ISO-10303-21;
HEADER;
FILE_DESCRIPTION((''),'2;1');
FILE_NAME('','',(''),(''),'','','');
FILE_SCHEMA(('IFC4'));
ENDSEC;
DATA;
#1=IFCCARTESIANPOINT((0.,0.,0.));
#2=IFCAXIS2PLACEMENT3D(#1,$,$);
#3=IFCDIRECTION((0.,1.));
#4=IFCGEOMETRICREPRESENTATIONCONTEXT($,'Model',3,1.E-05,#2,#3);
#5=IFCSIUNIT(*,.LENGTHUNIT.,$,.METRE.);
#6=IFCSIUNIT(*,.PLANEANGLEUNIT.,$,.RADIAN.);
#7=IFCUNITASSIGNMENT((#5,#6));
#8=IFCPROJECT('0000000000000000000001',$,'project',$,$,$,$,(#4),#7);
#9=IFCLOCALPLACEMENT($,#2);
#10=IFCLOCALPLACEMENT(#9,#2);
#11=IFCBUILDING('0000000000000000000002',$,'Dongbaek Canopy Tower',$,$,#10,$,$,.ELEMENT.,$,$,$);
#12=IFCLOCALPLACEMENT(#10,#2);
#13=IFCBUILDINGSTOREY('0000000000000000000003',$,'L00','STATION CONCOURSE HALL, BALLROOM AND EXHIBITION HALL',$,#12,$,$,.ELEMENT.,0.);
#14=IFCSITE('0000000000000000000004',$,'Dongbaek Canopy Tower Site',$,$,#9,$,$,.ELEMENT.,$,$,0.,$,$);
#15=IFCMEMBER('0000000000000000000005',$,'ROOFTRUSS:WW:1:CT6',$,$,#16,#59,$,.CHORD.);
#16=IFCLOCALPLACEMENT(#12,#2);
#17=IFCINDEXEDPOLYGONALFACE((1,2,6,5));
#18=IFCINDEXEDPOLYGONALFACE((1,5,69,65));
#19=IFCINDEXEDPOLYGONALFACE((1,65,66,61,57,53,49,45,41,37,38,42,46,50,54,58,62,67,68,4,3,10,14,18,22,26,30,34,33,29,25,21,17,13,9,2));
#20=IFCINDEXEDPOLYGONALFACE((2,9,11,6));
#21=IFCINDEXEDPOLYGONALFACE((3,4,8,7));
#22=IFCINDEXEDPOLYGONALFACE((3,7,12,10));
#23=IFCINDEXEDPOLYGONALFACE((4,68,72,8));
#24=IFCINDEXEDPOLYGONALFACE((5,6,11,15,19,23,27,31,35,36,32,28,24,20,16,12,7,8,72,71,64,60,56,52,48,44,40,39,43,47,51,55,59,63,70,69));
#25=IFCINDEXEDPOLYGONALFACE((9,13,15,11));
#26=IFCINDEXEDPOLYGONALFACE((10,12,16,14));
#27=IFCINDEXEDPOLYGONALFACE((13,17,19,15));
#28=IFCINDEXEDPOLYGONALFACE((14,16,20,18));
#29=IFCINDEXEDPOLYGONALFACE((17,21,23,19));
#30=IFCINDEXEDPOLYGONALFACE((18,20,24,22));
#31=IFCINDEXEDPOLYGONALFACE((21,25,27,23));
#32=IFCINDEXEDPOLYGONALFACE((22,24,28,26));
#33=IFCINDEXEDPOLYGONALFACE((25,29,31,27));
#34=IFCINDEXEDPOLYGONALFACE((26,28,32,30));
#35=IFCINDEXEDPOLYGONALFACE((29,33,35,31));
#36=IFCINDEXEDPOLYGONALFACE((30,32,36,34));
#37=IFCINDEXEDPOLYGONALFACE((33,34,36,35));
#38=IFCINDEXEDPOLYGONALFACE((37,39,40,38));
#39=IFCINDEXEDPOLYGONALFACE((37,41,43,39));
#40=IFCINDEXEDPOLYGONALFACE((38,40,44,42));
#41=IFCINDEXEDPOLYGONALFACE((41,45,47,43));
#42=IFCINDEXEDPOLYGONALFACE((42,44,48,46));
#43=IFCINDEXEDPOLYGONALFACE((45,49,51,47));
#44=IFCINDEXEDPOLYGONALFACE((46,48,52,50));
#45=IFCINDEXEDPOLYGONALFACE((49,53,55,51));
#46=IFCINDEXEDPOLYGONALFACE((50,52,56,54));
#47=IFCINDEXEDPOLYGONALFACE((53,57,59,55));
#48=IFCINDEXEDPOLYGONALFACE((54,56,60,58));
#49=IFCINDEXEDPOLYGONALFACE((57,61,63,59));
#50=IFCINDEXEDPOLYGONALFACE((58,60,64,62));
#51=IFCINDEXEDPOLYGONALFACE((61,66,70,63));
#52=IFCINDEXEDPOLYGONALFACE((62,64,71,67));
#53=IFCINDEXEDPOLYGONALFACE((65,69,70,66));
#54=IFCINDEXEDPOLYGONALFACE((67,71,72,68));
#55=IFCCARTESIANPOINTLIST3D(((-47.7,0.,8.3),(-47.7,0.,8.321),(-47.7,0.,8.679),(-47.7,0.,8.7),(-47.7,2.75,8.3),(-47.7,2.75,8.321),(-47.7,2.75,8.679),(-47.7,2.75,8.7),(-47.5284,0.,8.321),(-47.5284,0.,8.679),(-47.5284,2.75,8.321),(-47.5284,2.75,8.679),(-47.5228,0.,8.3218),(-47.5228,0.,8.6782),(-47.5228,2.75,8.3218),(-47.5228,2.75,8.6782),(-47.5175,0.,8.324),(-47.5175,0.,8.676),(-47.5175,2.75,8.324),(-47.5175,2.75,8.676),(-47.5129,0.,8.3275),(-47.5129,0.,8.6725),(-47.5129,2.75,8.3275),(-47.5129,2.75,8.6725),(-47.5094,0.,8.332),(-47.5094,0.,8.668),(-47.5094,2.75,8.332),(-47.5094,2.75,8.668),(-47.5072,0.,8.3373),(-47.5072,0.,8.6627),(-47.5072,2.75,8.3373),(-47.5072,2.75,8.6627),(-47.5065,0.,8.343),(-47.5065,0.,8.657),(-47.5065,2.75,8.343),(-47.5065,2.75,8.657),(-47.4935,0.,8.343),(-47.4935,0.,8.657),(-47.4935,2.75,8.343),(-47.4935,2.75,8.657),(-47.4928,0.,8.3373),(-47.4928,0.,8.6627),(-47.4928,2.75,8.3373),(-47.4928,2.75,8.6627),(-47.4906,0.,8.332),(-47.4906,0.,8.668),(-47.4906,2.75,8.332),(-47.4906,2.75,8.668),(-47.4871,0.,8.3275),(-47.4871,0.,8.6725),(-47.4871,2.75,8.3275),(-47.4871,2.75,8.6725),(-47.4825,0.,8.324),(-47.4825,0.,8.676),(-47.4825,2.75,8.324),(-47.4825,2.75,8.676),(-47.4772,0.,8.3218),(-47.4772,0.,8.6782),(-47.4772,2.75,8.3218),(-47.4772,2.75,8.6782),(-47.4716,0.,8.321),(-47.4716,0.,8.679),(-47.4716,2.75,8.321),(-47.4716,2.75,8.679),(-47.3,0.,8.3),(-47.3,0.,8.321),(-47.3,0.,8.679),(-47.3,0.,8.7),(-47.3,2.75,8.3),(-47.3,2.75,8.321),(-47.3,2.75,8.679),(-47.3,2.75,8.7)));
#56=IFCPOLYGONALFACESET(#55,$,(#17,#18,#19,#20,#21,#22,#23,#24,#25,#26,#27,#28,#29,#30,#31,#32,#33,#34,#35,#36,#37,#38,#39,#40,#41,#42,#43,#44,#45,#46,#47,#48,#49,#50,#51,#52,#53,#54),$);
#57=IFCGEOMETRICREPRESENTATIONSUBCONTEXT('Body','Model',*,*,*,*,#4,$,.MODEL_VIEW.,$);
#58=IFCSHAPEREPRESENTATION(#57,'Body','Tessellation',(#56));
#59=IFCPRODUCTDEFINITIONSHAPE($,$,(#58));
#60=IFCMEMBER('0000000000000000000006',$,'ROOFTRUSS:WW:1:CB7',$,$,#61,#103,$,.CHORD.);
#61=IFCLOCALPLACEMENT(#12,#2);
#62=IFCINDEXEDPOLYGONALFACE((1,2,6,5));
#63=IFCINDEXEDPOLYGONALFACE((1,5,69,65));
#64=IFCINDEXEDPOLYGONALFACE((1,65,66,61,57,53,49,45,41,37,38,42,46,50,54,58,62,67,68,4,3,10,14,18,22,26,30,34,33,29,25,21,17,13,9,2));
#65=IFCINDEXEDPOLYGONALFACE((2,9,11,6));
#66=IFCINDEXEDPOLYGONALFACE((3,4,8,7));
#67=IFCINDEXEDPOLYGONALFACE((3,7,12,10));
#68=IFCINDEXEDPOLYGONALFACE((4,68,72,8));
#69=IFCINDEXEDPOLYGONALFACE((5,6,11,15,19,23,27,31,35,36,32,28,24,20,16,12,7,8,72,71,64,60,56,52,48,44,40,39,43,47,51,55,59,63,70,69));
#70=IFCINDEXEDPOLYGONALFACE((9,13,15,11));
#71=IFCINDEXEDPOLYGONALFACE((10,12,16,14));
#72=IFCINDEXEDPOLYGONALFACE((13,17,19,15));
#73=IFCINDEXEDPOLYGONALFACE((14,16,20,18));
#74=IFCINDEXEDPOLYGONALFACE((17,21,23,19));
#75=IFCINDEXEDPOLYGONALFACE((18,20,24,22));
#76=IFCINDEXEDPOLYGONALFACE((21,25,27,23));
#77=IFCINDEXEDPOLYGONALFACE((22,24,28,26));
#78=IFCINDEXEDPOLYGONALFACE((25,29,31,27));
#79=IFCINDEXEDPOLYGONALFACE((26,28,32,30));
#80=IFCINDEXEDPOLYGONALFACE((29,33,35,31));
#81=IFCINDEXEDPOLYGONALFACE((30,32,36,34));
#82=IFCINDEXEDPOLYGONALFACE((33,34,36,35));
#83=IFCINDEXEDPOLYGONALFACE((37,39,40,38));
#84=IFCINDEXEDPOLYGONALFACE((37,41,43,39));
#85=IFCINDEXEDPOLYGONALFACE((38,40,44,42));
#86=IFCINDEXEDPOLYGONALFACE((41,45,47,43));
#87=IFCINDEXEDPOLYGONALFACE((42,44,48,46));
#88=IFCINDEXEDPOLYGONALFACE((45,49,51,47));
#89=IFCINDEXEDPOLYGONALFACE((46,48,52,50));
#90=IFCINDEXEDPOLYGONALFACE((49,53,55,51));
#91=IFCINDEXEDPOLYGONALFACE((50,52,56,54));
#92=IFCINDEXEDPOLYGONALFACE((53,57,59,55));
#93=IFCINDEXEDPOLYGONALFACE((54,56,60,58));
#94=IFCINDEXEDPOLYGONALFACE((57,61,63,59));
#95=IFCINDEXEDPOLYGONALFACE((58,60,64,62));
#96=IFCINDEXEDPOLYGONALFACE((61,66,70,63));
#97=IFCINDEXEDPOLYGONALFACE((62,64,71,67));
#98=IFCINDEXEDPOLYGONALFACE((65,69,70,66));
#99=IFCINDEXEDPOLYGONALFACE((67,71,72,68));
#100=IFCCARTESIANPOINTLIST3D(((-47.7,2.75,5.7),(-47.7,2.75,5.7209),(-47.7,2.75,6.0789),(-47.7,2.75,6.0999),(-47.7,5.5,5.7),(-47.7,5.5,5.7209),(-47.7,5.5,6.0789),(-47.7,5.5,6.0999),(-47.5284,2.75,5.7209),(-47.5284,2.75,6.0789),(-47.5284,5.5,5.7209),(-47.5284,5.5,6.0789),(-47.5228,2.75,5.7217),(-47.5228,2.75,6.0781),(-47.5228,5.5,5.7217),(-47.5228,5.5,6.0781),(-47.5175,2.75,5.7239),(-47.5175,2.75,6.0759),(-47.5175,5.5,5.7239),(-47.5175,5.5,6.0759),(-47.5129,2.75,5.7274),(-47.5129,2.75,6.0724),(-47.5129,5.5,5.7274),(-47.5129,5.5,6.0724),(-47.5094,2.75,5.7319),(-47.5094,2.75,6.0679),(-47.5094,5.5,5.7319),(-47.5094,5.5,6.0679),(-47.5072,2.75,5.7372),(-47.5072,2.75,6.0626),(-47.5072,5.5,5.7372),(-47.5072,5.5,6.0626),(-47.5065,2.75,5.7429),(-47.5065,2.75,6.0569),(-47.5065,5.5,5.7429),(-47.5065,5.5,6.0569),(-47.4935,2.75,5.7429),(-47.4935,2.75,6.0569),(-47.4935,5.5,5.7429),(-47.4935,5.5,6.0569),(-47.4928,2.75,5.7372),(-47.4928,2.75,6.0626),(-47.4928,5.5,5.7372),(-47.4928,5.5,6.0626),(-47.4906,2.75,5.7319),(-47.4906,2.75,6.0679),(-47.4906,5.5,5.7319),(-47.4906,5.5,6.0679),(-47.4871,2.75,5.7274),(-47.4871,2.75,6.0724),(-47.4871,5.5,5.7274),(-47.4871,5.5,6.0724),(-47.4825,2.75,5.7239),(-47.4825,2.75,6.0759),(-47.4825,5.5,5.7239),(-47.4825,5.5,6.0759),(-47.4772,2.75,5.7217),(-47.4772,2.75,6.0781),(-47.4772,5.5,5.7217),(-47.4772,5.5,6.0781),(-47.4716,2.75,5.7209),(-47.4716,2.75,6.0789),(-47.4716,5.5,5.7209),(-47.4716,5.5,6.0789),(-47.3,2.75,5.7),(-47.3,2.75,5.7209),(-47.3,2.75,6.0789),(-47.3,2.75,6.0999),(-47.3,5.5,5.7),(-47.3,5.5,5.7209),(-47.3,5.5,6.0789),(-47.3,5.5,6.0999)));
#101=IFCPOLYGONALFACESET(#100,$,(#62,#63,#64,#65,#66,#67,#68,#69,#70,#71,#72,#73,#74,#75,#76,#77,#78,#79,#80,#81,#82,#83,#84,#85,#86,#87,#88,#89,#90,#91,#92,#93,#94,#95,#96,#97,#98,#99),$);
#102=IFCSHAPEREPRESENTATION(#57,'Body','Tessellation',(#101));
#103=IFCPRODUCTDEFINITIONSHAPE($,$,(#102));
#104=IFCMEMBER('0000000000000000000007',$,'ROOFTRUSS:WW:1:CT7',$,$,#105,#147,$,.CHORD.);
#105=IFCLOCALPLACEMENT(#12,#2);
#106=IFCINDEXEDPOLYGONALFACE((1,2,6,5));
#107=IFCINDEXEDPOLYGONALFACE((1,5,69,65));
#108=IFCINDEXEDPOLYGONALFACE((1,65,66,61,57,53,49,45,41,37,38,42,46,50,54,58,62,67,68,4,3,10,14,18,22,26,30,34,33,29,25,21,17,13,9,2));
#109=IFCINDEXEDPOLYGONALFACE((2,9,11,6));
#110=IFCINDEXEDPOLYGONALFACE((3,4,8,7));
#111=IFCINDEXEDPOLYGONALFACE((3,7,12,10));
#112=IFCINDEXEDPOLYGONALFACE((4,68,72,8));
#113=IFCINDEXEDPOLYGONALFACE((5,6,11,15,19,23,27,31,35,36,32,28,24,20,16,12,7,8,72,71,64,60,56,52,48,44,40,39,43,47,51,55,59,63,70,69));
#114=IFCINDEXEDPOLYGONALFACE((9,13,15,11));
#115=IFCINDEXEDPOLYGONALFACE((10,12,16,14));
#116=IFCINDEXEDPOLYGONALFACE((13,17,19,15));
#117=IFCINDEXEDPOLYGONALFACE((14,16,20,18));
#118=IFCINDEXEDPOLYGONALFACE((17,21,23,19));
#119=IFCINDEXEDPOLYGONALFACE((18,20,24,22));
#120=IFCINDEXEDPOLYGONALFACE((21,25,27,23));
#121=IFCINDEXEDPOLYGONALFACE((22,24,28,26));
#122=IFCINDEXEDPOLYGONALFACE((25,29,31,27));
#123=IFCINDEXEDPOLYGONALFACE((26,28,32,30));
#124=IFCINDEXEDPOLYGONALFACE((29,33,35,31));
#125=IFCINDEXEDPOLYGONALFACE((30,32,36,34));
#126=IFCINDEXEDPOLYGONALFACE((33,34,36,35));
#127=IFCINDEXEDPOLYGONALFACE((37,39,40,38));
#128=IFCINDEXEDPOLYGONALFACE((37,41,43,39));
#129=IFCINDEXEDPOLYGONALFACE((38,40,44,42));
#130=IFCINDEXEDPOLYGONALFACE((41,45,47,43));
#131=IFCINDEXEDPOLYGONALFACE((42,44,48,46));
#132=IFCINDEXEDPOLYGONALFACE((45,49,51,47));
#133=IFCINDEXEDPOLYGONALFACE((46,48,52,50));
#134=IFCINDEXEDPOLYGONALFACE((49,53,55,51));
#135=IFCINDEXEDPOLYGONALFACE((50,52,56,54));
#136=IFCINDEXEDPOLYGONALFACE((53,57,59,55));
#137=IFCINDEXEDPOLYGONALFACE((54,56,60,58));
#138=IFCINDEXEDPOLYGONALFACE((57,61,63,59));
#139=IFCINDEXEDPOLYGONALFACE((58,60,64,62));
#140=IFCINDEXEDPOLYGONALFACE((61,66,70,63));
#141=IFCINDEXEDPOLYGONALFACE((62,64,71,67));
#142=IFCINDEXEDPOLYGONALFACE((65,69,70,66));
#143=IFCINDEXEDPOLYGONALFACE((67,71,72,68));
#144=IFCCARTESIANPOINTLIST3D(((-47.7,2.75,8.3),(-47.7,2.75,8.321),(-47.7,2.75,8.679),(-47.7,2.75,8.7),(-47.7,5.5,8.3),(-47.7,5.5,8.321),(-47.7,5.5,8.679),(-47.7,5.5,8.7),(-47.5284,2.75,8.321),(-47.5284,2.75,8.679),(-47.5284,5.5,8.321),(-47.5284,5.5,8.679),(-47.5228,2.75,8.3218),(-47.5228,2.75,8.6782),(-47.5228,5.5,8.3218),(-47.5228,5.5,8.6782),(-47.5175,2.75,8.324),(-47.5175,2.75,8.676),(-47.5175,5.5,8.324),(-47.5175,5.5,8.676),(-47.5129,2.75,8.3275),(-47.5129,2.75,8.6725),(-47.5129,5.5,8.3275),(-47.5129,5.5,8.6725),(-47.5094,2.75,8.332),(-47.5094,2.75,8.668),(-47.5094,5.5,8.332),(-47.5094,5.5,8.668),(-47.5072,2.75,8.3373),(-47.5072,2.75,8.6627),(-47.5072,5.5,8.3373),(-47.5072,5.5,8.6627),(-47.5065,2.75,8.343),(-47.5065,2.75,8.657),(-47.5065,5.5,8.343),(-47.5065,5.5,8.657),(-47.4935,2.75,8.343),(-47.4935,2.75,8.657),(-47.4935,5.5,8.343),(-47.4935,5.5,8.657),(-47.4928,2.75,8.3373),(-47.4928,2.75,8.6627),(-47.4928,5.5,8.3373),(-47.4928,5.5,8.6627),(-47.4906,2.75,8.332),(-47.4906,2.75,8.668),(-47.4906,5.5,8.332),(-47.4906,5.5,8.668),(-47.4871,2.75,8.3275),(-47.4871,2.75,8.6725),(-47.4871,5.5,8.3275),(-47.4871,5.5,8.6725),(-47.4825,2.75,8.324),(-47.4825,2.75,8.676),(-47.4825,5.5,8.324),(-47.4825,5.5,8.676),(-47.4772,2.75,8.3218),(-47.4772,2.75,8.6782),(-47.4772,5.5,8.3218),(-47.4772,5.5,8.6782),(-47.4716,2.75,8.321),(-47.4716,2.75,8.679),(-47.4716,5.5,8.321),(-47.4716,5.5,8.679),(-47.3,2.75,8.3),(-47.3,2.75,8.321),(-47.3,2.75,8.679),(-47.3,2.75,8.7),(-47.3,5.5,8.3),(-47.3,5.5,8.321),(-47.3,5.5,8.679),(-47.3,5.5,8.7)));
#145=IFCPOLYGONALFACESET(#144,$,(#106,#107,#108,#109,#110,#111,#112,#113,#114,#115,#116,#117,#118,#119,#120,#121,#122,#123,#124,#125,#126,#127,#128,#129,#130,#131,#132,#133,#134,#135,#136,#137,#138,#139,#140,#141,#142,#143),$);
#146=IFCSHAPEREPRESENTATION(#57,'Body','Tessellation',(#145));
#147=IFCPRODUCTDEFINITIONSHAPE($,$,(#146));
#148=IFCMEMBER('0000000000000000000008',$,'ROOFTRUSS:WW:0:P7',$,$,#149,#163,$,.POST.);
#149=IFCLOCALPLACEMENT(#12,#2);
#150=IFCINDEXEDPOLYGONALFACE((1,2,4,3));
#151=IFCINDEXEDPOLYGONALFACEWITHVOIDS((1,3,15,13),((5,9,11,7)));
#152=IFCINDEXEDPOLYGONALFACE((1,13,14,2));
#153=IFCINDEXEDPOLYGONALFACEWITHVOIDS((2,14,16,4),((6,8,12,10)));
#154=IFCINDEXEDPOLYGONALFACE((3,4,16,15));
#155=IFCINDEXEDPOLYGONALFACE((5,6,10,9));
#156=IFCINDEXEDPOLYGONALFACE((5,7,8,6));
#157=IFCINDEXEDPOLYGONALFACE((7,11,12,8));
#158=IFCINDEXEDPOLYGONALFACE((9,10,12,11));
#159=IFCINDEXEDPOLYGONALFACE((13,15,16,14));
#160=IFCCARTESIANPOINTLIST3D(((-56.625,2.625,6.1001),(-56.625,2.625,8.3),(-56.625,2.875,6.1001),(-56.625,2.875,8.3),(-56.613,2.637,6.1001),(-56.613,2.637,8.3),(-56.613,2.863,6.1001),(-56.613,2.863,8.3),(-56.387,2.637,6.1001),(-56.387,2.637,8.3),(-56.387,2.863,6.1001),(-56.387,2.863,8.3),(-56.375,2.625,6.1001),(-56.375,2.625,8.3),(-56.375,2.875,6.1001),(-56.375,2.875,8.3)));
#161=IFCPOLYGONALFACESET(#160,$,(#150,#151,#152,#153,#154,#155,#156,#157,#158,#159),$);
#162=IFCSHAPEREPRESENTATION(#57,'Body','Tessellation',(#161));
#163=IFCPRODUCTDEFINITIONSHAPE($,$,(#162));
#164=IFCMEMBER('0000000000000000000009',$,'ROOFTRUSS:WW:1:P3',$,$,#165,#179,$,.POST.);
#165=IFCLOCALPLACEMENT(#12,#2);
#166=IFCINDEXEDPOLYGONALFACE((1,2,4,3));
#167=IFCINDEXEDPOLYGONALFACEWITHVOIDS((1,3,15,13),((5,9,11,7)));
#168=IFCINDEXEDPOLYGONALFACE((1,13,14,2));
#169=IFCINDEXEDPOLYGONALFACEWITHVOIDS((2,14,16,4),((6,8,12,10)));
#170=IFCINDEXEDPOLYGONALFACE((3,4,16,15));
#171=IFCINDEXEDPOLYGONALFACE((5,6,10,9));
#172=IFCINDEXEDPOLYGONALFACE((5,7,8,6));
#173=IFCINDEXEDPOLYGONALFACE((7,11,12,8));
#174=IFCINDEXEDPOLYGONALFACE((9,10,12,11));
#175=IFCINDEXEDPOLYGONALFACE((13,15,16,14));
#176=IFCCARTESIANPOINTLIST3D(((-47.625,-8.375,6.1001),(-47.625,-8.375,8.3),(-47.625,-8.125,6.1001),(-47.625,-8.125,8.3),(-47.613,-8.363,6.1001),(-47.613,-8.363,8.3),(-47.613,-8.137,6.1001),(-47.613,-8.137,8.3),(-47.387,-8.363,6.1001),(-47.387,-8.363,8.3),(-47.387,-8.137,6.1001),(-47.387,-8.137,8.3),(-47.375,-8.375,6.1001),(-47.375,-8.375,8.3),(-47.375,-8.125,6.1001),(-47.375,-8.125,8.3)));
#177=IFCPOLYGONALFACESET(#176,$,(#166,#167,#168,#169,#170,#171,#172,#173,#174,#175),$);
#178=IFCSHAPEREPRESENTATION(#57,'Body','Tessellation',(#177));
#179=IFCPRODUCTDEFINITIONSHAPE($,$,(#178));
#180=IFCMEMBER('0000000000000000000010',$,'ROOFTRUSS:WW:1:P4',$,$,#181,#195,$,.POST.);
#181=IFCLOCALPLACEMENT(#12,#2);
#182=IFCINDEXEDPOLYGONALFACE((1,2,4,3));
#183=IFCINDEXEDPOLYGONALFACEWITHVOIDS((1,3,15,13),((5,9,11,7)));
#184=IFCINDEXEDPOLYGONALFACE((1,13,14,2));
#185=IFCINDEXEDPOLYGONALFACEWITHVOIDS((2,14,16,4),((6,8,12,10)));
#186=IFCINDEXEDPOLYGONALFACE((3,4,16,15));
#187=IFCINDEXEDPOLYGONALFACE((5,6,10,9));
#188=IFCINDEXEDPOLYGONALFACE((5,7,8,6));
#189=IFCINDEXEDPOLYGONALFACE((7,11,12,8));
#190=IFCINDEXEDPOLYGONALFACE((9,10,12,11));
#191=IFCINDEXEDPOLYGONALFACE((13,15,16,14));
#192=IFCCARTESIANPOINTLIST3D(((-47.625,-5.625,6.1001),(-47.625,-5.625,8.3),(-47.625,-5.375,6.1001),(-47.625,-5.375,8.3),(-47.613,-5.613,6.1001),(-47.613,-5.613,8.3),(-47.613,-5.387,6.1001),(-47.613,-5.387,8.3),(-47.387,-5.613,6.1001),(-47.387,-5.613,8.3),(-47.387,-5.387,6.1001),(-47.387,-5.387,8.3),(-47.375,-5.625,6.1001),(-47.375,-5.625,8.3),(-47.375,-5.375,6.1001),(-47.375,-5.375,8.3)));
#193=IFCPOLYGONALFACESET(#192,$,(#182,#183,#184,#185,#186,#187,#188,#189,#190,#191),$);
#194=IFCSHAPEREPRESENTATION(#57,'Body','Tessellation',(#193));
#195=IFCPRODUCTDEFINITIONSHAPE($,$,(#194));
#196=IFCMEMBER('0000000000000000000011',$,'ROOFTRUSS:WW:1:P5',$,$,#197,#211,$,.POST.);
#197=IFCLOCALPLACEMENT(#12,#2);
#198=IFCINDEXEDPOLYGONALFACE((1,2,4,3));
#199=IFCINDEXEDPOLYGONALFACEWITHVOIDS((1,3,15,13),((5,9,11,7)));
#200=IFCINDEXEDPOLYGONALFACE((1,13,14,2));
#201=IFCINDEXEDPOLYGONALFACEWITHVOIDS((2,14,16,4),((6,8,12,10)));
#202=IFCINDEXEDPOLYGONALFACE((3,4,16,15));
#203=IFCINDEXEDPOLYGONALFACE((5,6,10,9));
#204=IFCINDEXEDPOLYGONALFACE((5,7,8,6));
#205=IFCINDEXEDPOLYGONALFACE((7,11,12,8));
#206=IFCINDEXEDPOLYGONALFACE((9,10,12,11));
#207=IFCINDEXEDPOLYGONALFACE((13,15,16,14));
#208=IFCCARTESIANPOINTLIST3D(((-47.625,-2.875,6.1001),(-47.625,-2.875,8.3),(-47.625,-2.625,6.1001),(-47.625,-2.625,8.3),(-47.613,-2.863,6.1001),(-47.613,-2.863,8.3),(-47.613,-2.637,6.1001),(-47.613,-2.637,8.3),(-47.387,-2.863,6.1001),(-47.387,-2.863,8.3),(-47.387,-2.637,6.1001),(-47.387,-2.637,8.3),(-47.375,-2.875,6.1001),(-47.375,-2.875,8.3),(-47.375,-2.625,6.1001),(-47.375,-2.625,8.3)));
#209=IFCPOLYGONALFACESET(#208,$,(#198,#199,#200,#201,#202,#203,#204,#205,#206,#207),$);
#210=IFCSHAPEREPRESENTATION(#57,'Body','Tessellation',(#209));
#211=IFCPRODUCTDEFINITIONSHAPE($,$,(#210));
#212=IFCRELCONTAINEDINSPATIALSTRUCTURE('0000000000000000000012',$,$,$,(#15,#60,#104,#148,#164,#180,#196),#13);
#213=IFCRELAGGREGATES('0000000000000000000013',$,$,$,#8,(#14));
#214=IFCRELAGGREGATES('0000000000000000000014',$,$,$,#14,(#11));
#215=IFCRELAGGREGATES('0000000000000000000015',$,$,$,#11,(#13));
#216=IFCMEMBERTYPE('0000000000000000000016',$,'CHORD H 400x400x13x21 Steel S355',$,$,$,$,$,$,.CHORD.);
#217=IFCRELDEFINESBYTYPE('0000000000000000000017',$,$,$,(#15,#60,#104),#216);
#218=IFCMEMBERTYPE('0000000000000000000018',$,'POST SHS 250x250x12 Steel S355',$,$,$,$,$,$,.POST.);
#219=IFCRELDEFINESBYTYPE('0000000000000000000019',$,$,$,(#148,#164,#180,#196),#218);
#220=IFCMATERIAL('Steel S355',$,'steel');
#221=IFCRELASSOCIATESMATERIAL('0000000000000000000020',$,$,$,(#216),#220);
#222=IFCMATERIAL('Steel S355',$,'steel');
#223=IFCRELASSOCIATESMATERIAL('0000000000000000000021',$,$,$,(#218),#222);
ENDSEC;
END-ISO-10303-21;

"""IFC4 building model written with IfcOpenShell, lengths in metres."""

from ifc_helpers import new_model, si_unit, direction, frame, origin, origin_2d, place, context, subcontext, project, spatial, hollow_rectangle, i_section, extrude, material, material_profile, profile_set, type_object, element, save


model = new_model("IFC4")

# Units and contexts
model_context = context("Model", 3, precision=1e-05, world=origin(), true_north=direction((0.0, 1.0)))
body_context = subcontext(model_context, "Body", "Model", "MODEL_VIEW")
ifc_project = project(units=[si_unit("LENGTHUNIT", "METRE"), si_unit("PLANEANGLEUNIT", "RADIAN")], contexts=[model_context])

# Site, building, storey
site_placement = place(None, origin())
site = spatial("IfcSite", under=ifc_project, at=site_placement, Name="Dongbaek Canopy Tower Site", CompositionType="ELEMENT", RefElevation=0.0)
building_placement = place(site_placement, origin())
building = spatial("IfcBuilding", under=site, at=building_placement, Name="Dongbaek Canopy Tower", CompositionType="ELEMENT")
storey_placement = place(building_placement, origin())
storey = spatial("IfcBuildingStorey", under=building, at=storey_placement, Name="L00", Description="STATION CONCOURSE HALL, BALLROOM AND EXHIBITION HALL", CompositionType="ELEMENT", Elevation=0.0)

# Members
ifc_material_1 = material(Name="Steel S355", Category="steel")
ifc_material_profile_1 = material_profile(ifc_material_1, i_section(OverallWidth=0.3999, OverallDepth=0.3999, WebThickness=0.0129, FlangeThickness=0.021, FilletRadius=0.022, at=origin_2d()), Name="CHORD H 400x400x13x21 Steel S355")
ifc_profile_set_1 = profile_set([ifc_material_profile_1], Name="Steel S355")
member_type_1 = type_object("IfcMemberType", Name="CHORD H 400x400x13x21 Steel S355", PredefinedType="CHORD", material=ifc_profile_set_1)
for number, where, z_axis, x_axis, name in (
    (1, (-47.5, 0.0, 8.5), (0.0, 1.0, 0.0), (-1.0, 0.0, 0.0), "ROOFTRUSS:WW:1:CT6"),
    (2, (-47.5, 2.75, 5.8999), (0.0, 1.0, 0.0), (-1.0, 0.0, 0.0), "ROOFTRUSS:WW:1:CB7"),
    (3, (-47.5, 2.75, 8.5), (0.0, 1.0, 0.0), (-1.0, 0.0, 0.0), "ROOFTRUSS:WW:1:CT7"),
):
    element("IfcMember", number, at=place(storey_placement, frame(where, z_axis=z_axis, x_axis=x_axis)), inside=storey, type_object=member_type_1, Name=name, PredefinedType="CHORD", context=body_context, shape_type="SweptSolid", body=[
        extrude(i_section(OverallWidth=0.3999, OverallDepth=0.3999, WebThickness=0.0129, FlangeThickness=0.021, FilletRadius=0.022, at=origin_2d()), origin(), (0.0, 0.0, 1.0), 2.75),
    ])
ifc_material_2 = material(Name="Steel S355", Category="steel")
ifc_material_profile_2 = material_profile(ifc_material_2, hollow_rectangle(XDim=0.25, YDim=0.25, WallThickness=0.012, at=origin_2d()), Name="POST SHS 250x250x12 Steel S355")
ifc_profile_set_2 = profile_set([ifc_material_profile_2], Name="Steel S355")
member_type_2 = type_object("IfcMemberType", Name="POST SHS 250x250x12 Steel S355", PredefinedType="POST", material=ifc_profile_set_2)
for number, where, z_axis, x_axis, name in (
    (4, (-56.5, 2.75, 6.1001), (0.0, 0.0, 1.0), (1.0, 0.0, 0.0), "ROOFTRUSS:WW:0:P7"),
    (5, (-47.5, -8.25, 6.1001), (0.0, 0.0, 1.0), (1.0, 0.0, 0.0), "ROOFTRUSS:WW:1:P3"),
    (6, (-47.5, -5.5, 6.1001), (0.0, 0.0, 1.0), (1.0, 0.0, 0.0), "ROOFTRUSS:WW:1:P4"),
    (7, (-47.5, -2.75, 6.1001), (0.0, 0.0, 1.0), (1.0, 0.0, 0.0), "ROOFTRUSS:WW:1:P5"),
):
    element("IfcMember", number, at=place(storey_placement, frame(where, z_axis=z_axis, x_axis=x_axis)), inside=storey, type_object=member_type_2, Name=name, PredefinedType="POST", context=body_context, shape_type="SweptSolid", body=[
        extrude(hollow_rectangle(XDim=0.25, YDim=0.25, WallThickness=0.012, at=origin_2d()), origin(), (0.0, 0.0, 1.0), 2.2),
    ])

save(model, "model.ifc")
